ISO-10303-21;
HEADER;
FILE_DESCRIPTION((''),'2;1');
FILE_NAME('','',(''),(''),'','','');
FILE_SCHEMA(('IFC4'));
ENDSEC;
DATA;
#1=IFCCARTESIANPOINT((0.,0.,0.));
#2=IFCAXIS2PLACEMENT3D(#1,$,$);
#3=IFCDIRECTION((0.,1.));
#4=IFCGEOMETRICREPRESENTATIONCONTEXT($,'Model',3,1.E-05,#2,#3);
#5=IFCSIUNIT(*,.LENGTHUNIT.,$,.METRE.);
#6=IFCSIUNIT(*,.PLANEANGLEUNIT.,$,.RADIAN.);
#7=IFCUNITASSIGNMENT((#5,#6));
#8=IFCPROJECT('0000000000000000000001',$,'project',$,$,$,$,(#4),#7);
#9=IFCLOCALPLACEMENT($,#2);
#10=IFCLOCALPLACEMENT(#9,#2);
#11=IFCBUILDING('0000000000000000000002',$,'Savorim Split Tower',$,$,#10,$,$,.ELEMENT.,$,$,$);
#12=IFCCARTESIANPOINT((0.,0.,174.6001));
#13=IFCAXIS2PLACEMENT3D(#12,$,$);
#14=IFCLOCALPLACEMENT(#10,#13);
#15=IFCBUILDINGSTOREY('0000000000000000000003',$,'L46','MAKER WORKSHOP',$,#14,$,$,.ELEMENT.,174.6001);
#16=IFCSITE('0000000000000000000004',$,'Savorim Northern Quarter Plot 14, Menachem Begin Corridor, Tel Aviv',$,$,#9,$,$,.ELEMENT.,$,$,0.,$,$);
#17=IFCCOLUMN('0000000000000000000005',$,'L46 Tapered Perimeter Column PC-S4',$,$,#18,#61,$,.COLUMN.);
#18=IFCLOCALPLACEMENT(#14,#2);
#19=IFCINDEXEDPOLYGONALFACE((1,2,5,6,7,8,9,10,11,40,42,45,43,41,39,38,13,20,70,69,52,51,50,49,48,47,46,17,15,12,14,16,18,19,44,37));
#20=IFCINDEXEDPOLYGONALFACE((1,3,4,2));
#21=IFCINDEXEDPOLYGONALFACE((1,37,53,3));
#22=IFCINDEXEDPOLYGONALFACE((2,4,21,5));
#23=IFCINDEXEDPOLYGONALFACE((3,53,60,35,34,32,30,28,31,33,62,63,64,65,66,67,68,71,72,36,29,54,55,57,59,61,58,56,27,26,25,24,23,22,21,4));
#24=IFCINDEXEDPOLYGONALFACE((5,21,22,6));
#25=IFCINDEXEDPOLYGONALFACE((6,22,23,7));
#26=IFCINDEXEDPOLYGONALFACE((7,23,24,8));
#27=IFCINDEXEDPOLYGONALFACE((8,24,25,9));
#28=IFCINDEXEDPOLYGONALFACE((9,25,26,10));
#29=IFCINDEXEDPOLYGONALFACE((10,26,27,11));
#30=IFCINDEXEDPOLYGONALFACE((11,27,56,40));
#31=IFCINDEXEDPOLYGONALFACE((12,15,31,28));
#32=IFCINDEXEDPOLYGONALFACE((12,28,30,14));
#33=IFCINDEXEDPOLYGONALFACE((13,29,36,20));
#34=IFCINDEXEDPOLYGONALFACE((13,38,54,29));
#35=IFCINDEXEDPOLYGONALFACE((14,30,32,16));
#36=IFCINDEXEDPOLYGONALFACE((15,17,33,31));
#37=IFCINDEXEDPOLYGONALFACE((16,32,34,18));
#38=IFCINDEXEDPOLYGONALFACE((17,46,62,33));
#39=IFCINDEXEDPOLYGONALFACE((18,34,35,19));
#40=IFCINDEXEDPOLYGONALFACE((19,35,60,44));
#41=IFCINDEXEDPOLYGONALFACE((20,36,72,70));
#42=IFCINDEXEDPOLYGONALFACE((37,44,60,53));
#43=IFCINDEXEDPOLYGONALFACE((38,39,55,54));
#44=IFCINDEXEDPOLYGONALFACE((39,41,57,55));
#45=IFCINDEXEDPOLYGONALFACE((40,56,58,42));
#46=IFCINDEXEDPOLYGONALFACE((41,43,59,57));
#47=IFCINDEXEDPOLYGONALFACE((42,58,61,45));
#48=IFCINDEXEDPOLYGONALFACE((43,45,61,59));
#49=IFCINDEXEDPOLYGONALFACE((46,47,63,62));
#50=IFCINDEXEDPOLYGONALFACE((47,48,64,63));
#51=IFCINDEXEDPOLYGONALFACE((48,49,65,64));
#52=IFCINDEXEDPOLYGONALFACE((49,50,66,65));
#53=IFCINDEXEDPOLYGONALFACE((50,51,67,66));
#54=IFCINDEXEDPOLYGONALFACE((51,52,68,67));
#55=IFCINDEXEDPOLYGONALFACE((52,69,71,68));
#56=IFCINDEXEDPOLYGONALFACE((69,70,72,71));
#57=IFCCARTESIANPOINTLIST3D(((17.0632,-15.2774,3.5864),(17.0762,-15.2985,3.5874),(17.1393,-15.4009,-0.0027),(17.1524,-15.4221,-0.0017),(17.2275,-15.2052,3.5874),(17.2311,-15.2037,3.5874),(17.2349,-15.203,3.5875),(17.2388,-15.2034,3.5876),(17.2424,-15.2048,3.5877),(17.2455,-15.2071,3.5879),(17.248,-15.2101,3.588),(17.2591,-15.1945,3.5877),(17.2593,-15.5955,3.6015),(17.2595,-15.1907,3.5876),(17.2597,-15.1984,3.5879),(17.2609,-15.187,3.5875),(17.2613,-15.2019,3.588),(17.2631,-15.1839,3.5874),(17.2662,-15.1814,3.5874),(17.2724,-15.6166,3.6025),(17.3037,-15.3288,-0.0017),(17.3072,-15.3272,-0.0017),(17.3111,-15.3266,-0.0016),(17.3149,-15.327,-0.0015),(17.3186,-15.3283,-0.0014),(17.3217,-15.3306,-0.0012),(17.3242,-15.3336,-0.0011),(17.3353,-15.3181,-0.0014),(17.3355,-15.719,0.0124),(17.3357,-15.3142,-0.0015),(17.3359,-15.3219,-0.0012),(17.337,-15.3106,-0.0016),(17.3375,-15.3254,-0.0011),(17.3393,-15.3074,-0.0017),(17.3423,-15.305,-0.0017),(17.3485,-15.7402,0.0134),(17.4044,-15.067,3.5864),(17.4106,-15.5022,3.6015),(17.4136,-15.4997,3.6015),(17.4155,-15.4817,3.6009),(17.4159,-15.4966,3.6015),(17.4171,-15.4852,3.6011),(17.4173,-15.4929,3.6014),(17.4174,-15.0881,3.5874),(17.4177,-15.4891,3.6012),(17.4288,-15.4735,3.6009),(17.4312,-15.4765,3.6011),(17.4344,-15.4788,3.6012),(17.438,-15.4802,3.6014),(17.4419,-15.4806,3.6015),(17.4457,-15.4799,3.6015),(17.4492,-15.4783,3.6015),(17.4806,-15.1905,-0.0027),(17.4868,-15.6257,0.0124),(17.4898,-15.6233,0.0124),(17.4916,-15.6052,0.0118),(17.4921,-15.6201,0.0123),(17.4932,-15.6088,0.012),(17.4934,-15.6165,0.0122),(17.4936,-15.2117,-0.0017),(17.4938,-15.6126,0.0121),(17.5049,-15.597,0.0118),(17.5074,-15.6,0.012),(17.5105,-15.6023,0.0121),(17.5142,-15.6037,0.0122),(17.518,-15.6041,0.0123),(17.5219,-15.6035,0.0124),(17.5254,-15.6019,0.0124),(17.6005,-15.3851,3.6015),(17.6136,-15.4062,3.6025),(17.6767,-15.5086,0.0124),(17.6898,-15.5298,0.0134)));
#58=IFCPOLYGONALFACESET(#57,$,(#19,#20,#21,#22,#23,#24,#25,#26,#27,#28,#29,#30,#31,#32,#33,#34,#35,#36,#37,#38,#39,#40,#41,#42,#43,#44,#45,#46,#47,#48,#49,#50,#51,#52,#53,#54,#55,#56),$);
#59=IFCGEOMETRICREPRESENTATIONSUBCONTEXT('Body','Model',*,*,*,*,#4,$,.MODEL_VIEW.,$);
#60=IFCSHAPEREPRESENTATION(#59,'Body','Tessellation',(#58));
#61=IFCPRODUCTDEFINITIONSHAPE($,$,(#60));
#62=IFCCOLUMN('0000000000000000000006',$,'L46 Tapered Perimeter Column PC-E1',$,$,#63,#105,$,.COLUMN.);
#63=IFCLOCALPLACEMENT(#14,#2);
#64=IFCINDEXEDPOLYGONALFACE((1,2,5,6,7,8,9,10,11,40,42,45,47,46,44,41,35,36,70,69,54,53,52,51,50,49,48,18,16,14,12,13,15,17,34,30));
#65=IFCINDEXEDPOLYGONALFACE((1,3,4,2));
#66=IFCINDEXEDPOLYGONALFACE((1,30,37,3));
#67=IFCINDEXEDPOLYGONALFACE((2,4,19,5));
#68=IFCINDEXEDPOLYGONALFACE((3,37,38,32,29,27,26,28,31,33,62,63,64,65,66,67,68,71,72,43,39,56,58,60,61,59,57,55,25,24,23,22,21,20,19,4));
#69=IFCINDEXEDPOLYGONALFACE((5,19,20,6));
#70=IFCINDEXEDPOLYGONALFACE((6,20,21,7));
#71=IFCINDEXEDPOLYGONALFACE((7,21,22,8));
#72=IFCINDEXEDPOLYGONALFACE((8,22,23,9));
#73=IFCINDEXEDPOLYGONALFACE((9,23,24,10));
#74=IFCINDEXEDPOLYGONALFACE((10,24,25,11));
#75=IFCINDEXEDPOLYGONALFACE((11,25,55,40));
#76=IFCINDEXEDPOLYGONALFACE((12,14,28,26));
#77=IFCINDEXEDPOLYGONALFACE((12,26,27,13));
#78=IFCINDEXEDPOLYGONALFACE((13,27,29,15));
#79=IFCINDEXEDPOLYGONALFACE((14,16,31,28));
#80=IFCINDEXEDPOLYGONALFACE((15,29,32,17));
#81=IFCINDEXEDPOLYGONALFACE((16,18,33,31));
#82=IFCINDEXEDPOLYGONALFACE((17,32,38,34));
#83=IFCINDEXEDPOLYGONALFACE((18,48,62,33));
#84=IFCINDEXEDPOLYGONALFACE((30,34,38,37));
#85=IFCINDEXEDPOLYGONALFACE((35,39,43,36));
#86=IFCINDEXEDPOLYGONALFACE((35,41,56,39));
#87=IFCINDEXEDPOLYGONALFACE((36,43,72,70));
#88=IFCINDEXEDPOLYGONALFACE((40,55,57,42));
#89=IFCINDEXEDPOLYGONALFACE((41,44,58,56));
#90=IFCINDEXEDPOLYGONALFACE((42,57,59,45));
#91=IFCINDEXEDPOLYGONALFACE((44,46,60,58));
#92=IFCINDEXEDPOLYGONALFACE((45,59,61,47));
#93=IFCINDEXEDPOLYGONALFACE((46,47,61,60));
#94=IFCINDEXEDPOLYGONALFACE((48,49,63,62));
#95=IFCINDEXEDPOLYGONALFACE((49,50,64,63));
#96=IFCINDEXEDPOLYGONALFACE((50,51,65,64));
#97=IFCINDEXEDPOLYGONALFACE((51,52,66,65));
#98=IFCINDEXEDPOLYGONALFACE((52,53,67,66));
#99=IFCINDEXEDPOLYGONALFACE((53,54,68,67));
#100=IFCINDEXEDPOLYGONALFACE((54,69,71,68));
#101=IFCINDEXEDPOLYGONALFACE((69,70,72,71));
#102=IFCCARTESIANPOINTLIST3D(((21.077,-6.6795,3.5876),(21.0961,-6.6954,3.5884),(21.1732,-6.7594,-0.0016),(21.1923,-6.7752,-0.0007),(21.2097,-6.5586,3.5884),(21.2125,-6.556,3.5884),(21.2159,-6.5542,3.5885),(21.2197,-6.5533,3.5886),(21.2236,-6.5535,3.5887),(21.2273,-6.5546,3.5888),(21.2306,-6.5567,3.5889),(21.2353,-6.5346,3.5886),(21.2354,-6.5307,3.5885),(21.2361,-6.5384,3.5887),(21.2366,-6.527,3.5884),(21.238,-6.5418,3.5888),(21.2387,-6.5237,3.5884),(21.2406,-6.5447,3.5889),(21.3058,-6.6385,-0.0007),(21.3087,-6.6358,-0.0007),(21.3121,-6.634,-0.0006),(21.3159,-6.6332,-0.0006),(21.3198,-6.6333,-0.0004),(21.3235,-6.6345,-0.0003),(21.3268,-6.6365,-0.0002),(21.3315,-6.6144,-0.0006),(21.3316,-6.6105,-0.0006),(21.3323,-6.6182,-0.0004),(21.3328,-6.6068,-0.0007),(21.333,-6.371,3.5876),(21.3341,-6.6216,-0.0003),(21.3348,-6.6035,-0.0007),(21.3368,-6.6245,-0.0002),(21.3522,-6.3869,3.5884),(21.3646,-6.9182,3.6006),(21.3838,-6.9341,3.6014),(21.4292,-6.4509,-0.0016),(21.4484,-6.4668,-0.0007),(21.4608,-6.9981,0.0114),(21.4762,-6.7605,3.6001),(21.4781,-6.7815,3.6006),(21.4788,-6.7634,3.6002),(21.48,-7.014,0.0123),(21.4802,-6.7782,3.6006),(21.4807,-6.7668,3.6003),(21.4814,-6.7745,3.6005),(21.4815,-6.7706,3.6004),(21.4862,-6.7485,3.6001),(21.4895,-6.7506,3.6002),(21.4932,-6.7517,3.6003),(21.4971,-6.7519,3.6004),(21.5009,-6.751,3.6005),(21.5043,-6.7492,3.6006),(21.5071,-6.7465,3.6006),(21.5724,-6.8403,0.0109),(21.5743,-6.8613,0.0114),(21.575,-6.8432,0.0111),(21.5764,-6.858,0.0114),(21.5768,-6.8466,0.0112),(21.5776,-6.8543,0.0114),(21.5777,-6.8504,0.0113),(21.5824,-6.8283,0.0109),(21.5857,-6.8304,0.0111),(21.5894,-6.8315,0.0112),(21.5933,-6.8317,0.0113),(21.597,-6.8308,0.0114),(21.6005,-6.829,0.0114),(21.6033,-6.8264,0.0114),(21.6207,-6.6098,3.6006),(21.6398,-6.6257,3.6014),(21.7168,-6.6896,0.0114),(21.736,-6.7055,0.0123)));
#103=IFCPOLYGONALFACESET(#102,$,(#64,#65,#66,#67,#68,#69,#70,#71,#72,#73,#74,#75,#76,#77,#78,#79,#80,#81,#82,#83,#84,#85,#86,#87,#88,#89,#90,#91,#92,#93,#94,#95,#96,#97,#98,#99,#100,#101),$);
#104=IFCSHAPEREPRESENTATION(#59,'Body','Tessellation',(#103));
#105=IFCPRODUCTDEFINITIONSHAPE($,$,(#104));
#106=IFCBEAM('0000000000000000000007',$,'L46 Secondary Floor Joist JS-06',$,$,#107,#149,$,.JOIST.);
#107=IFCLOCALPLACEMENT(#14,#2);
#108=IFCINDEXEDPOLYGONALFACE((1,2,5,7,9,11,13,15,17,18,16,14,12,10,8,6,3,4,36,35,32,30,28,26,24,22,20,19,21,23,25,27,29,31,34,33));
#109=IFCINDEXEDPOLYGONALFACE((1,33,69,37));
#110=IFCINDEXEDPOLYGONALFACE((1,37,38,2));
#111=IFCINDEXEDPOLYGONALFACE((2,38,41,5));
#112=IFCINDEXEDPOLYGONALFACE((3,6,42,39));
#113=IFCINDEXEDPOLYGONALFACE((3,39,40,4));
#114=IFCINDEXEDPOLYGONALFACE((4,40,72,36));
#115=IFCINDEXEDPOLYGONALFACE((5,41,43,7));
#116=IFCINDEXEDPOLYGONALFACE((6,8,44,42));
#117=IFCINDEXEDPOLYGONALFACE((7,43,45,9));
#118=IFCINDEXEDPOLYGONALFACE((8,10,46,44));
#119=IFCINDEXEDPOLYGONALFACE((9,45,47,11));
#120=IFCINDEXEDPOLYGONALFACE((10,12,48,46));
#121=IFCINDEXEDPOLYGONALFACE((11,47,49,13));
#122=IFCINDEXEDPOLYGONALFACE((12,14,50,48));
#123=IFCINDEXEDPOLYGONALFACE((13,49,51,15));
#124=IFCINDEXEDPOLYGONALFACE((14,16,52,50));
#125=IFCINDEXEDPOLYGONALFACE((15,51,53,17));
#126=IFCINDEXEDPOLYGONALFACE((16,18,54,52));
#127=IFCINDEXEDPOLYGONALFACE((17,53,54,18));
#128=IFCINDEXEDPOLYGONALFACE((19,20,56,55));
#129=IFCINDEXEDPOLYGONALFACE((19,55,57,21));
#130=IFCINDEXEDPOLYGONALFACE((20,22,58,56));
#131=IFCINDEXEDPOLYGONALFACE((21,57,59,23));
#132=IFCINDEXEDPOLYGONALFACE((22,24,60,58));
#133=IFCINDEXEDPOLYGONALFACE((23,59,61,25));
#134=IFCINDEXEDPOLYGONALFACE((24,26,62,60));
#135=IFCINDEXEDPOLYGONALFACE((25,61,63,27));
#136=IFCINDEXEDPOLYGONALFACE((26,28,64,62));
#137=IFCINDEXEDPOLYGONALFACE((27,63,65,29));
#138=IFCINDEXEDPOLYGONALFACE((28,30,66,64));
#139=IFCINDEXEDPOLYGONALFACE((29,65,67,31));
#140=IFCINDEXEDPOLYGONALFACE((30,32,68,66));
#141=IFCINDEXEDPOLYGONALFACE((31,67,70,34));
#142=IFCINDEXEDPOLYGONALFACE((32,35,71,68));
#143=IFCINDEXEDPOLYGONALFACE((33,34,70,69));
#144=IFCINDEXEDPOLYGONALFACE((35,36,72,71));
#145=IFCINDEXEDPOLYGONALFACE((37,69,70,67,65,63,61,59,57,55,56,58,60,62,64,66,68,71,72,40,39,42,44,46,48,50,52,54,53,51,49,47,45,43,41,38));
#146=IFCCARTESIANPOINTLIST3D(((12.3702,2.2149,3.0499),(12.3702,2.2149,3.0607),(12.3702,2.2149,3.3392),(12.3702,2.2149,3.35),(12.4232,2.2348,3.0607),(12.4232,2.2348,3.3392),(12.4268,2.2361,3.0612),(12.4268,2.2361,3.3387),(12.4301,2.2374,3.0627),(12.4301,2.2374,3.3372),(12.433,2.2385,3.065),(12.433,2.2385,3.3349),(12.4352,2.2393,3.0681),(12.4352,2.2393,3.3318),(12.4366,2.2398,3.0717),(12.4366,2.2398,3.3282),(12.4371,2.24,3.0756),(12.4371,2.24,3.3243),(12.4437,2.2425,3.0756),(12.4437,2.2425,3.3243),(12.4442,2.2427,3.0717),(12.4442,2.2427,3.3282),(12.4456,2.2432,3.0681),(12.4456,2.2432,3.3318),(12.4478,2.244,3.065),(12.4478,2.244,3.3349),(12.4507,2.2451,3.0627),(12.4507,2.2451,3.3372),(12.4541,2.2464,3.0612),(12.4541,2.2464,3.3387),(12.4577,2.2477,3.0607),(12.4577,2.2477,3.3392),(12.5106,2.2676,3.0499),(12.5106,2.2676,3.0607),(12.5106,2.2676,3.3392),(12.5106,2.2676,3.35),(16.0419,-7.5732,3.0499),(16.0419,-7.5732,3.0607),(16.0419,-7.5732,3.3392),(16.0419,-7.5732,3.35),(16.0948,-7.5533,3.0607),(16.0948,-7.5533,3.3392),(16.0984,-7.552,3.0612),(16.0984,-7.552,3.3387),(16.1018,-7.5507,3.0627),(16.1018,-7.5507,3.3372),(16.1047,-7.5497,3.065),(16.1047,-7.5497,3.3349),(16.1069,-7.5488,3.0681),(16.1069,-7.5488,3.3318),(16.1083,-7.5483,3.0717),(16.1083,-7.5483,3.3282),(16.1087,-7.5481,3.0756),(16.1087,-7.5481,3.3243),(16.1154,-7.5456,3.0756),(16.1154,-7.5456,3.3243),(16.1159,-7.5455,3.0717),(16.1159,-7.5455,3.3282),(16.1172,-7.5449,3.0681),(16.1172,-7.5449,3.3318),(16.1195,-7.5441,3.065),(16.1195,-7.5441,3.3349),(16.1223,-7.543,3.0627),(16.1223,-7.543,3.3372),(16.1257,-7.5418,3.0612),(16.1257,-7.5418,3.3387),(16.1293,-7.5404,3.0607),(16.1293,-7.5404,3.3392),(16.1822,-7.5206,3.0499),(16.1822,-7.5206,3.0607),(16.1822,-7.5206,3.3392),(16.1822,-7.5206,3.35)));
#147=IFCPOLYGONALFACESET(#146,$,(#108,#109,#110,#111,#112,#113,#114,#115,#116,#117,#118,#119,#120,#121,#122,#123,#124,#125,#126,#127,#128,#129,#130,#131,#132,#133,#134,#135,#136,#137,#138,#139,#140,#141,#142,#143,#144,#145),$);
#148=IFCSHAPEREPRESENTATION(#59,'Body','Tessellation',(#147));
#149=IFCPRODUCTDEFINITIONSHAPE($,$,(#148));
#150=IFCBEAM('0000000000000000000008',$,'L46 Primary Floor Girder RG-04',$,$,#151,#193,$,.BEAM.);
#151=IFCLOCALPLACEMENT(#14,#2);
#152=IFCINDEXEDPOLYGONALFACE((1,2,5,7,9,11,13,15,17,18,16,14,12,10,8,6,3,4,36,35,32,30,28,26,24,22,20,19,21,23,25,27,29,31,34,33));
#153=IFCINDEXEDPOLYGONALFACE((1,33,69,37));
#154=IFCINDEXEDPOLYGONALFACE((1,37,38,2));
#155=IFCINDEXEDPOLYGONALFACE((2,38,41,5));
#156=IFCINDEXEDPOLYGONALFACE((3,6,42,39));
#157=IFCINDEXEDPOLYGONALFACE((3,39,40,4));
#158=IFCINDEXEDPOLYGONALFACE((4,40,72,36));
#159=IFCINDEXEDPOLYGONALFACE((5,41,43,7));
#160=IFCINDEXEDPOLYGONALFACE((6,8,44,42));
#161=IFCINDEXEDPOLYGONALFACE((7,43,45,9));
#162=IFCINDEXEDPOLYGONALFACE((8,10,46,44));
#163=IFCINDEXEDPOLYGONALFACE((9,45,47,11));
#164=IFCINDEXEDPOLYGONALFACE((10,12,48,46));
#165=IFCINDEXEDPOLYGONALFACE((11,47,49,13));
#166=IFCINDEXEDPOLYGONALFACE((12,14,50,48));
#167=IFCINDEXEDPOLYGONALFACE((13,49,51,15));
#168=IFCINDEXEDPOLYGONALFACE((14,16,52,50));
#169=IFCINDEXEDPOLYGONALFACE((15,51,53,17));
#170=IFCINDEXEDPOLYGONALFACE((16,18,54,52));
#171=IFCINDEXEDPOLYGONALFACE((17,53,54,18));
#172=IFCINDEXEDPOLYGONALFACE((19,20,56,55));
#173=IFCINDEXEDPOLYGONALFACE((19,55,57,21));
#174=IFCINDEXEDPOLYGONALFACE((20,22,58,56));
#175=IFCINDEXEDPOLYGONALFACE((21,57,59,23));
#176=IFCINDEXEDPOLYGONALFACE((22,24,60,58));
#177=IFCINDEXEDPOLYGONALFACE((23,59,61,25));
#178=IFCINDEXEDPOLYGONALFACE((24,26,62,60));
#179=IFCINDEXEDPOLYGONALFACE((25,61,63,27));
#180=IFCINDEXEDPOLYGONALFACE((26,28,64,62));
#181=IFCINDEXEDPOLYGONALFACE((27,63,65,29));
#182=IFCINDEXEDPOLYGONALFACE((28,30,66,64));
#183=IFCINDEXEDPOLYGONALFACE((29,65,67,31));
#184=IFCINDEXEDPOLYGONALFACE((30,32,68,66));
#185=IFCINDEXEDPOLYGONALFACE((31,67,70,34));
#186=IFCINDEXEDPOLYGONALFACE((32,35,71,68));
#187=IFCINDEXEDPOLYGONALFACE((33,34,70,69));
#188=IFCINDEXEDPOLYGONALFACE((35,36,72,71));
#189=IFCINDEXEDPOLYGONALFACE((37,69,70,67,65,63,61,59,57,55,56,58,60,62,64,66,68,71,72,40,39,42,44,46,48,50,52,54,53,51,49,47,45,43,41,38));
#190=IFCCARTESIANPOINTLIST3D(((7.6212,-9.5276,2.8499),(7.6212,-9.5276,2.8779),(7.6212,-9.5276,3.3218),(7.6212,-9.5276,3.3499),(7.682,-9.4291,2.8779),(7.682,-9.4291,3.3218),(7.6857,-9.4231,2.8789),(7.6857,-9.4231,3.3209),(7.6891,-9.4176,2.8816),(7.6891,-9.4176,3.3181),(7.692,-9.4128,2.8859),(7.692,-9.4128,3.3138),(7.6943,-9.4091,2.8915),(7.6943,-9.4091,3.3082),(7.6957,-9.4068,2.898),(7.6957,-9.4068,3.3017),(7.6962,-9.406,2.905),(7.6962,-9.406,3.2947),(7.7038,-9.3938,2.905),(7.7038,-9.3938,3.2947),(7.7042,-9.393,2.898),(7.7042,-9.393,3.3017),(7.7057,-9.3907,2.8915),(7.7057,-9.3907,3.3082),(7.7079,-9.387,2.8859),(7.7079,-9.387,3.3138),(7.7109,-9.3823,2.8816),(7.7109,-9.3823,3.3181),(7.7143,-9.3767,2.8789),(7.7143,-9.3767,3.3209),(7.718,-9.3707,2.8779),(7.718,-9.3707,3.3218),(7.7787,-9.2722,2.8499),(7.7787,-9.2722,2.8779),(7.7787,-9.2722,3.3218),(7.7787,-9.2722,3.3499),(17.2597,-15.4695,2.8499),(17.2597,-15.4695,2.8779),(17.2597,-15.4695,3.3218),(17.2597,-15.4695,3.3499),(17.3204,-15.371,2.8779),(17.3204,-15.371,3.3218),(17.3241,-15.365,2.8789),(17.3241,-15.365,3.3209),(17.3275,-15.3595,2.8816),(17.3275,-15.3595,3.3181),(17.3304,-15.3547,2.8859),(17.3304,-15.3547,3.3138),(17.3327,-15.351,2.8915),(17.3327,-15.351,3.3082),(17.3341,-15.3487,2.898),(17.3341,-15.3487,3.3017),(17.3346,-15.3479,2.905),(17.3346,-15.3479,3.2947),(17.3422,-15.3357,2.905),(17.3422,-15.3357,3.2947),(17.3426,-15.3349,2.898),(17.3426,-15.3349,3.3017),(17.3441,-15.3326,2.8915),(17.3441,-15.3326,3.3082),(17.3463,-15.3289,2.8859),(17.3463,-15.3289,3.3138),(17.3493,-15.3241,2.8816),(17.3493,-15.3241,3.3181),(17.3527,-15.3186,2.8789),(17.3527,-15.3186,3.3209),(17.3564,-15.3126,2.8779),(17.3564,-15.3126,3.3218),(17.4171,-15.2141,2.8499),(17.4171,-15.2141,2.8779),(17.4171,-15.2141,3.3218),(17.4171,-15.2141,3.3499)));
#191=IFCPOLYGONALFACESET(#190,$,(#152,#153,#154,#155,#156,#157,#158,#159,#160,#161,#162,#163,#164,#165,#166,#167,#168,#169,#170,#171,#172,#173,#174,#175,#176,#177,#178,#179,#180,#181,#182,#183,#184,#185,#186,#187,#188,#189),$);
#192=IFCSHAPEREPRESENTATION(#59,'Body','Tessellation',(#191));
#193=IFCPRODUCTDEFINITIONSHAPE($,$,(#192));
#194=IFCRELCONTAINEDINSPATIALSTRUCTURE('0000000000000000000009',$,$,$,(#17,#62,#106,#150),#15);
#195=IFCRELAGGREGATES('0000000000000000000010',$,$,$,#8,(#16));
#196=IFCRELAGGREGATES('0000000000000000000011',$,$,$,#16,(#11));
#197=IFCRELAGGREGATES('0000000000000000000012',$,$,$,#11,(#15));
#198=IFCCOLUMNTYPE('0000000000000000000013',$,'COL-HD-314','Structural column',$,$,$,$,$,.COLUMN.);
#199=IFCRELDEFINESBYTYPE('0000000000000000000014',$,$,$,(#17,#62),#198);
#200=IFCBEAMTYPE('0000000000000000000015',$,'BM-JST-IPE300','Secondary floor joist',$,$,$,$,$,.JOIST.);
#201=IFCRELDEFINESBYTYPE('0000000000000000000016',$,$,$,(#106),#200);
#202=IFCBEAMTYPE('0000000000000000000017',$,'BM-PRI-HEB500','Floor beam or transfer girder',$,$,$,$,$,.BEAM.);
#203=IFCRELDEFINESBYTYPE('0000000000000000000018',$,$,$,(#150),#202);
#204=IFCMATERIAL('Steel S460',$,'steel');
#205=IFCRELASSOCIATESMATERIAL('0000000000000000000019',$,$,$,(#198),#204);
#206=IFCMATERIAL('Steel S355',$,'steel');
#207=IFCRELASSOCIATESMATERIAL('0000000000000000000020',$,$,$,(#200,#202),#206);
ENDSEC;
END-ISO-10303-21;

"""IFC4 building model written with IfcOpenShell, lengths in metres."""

from ifc_helpers import new_model, si_unit, direction, frame, origin, origin_2d, place, context, subcontext, project, spatial, i_section, extrude, material, material_profile, profile_set, type_object, element, save


model = new_model("IFC4")

# Units and contexts
model_context = context("Model", 3, precision=1e-05, world=origin(), true_north=direction((0.0, 1.0)))
body_context = subcontext(model_context, "Body", "Model", "MODEL_VIEW")
ifc_project = project(units=[si_unit("LENGTHUNIT", "METRE"), si_unit("PLANEANGLEUNIT", "RADIAN")], contexts=[model_context])

# Site, building, storey
site_placement = place(None, origin())
site = spatial("IfcSite", under=ifc_project, at=site_placement, Name="Savorim Northern Quarter Plot 14, Menachem Begin Corridor, Tel Aviv", CompositionType="ELEMENT", RefElevation=0.0)
building_placement = place(site_placement, origin())
building = spatial("IfcBuilding", under=site, at=building_placement, Name="Savorim Split Tower", CompositionType="ELEMENT")
storey_placement = place(building_placement, frame((0.0, 0.0, 174.6001)))
storey = spatial("IfcBuildingStorey", under=building, at=storey_placement, Name="L46", Description="MAKER WORKSHOP", CompositionType="ELEMENT", Elevation=174.6001)

# Columns
ifc_material_1 = material(Name="Steel S460", Category="steel")
ifc_material_profile_1 = material_profile(ifc_material_1, i_section(OverallWidth=0.4009, OverallDepth=0.3989, WebThickness=0.0156, FlangeThickness=0.0249, FilletRadius=0.0149, at=origin_2d()), Name="HD 400x314")
ifc_profile_set_1 = profile_set([ifc_material_profile_1], Name="Steel S460")
column_type = type_object("IfcColumnType", Name="COL-HD-314", Description="Structural column", PredefinedType="COLUMN", material=ifc_profile_set_1)
column_1_placement = place(storey_placement, frame((17.4146, -15.4653, 0.0054), z_axis=(-0.021206, 0.034391, 0.999183), x_axis=(-0.851196, -0.524848, 0.0)))
element("IfcColumn", 1, at=column_1_placement, inside=storey, type_object=column_type, Name="L46 Tapered Perimeter Column PC-S4", PredefinedType="COLUMN", context=body_context, shape_type="SweptSolid", body=[
    extrude(i_section(OverallWidth=0.4009, OverallDepth=0.3989, WebThickness=0.0156, FlangeThickness=0.0249, FilletRadius=0.0149, at=origin_2d()), origin(), (0.0, 0.0, 1.0), 3.592),
])
column_2_placement = place(storey_placement, frame((21.4546, -6.7324, 0.0054), z_axis=(-0.026785, 0.02223, 0.999394), x_axis=(-0.638646, -0.7695, 0.0)))
element("IfcColumn", 2, at=column_2_placement, inside=storey, type_object=column_type, Name="L46 Tapered Perimeter Column PC-E1", PredefinedType="COLUMN", context=body_context, shape_type="SweptSolid", body=[
    extrude(i_section(OverallWidth=0.4009, OverallDepth=0.3989, WebThickness=0.0156, FlangeThickness=0.0249, FilletRadius=0.0149, at=origin_2d()), origin(), (0.0, 0.0, 1.0), 3.5913),
])

# Beams
ifc_material_2 = material(Name="Steel S355", Category="steel")
ifc_material_profile_2 = material_profile(ifc_material_2, i_section(OverallWidth=0.1499, OverallDepth=0.3, WebThickness=0.0071, FlangeThickness=0.0107, FilletRadius=0.0149, at=origin_2d()), Name="IPE 300")
ifc_profile_set_2 = profile_set([ifc_material_profile_2], Name="Steel S355")
beam_type_1 = type_object("IfcBeamType", Name="BM-JST-IPE300", Description="Secondary floor joist", PredefinedType="JOIST", material=ifc_profile_set_2)
beam_1_placement = place(storey_placement, frame((16.1121, -7.5469, 3.2), z_axis=(-0.351216, 0.936295, 0.0), x_axis=(-0.936295, -0.351216, 0.0)))
element("IfcBeam", 3, at=beam_1_placement, inside=storey, type_object=beam_type_1, Name="L46 Secondary Floor Joist JS-06", PredefinedType="JOIST", context=body_context, shape_type="SweptSolid", body=[
    extrude(i_section(OverallWidth=0.1499, OverallDepth=0.3, WebThickness=0.0071, FlangeThickness=0.0107, FilletRadius=0.0149, at=origin_2d()), origin(), (0.0, 0.0, 1.0), 10.4541),
])
ifc_material_profile_3 = material_profile(ifc_material_2, i_section(OverallWidth=0.3, OverallDepth=0.5, WebThickness=0.0144, FlangeThickness=0.0281, FilletRadius=0.0271, at=origin_2d()), Name="HEB 500")
ifc_profile_set_3 = profile_set([ifc_material_profile_3], Name="Steel S355")
beam_type_2 = type_object("IfcBeamType", Name="BM-PRI-HEB500", Description="Floor beam or transfer girder", PredefinedType="BEAM", material=ifc_profile_set_3)
beam_2_placement = place(storey_placement, frame((17.3384, -15.3418, 3.0999), z_axis=(-0.851242, 0.524773, 0.0), x_axis=(-0.524773, -0.851242, 0.0)))
element("IfcBeam", 4, at=beam_2_placement, inside=storey, type_object=beam_type_2, Name="L46 Primary Floor Girder RG-04", PredefinedType="BEAM", context=body_context, shape_type="SweptSolid", body=[
    extrude(i_section(OverallWidth=0.3, OverallDepth=0.5, WebThickness=0.0144, FlangeThickness=0.0281, FilletRadius=0.0271, at=origin_2d()), origin(), (0.0, 0.0, 1.0), 11.3228),
])

save(model, "model.ifc")
